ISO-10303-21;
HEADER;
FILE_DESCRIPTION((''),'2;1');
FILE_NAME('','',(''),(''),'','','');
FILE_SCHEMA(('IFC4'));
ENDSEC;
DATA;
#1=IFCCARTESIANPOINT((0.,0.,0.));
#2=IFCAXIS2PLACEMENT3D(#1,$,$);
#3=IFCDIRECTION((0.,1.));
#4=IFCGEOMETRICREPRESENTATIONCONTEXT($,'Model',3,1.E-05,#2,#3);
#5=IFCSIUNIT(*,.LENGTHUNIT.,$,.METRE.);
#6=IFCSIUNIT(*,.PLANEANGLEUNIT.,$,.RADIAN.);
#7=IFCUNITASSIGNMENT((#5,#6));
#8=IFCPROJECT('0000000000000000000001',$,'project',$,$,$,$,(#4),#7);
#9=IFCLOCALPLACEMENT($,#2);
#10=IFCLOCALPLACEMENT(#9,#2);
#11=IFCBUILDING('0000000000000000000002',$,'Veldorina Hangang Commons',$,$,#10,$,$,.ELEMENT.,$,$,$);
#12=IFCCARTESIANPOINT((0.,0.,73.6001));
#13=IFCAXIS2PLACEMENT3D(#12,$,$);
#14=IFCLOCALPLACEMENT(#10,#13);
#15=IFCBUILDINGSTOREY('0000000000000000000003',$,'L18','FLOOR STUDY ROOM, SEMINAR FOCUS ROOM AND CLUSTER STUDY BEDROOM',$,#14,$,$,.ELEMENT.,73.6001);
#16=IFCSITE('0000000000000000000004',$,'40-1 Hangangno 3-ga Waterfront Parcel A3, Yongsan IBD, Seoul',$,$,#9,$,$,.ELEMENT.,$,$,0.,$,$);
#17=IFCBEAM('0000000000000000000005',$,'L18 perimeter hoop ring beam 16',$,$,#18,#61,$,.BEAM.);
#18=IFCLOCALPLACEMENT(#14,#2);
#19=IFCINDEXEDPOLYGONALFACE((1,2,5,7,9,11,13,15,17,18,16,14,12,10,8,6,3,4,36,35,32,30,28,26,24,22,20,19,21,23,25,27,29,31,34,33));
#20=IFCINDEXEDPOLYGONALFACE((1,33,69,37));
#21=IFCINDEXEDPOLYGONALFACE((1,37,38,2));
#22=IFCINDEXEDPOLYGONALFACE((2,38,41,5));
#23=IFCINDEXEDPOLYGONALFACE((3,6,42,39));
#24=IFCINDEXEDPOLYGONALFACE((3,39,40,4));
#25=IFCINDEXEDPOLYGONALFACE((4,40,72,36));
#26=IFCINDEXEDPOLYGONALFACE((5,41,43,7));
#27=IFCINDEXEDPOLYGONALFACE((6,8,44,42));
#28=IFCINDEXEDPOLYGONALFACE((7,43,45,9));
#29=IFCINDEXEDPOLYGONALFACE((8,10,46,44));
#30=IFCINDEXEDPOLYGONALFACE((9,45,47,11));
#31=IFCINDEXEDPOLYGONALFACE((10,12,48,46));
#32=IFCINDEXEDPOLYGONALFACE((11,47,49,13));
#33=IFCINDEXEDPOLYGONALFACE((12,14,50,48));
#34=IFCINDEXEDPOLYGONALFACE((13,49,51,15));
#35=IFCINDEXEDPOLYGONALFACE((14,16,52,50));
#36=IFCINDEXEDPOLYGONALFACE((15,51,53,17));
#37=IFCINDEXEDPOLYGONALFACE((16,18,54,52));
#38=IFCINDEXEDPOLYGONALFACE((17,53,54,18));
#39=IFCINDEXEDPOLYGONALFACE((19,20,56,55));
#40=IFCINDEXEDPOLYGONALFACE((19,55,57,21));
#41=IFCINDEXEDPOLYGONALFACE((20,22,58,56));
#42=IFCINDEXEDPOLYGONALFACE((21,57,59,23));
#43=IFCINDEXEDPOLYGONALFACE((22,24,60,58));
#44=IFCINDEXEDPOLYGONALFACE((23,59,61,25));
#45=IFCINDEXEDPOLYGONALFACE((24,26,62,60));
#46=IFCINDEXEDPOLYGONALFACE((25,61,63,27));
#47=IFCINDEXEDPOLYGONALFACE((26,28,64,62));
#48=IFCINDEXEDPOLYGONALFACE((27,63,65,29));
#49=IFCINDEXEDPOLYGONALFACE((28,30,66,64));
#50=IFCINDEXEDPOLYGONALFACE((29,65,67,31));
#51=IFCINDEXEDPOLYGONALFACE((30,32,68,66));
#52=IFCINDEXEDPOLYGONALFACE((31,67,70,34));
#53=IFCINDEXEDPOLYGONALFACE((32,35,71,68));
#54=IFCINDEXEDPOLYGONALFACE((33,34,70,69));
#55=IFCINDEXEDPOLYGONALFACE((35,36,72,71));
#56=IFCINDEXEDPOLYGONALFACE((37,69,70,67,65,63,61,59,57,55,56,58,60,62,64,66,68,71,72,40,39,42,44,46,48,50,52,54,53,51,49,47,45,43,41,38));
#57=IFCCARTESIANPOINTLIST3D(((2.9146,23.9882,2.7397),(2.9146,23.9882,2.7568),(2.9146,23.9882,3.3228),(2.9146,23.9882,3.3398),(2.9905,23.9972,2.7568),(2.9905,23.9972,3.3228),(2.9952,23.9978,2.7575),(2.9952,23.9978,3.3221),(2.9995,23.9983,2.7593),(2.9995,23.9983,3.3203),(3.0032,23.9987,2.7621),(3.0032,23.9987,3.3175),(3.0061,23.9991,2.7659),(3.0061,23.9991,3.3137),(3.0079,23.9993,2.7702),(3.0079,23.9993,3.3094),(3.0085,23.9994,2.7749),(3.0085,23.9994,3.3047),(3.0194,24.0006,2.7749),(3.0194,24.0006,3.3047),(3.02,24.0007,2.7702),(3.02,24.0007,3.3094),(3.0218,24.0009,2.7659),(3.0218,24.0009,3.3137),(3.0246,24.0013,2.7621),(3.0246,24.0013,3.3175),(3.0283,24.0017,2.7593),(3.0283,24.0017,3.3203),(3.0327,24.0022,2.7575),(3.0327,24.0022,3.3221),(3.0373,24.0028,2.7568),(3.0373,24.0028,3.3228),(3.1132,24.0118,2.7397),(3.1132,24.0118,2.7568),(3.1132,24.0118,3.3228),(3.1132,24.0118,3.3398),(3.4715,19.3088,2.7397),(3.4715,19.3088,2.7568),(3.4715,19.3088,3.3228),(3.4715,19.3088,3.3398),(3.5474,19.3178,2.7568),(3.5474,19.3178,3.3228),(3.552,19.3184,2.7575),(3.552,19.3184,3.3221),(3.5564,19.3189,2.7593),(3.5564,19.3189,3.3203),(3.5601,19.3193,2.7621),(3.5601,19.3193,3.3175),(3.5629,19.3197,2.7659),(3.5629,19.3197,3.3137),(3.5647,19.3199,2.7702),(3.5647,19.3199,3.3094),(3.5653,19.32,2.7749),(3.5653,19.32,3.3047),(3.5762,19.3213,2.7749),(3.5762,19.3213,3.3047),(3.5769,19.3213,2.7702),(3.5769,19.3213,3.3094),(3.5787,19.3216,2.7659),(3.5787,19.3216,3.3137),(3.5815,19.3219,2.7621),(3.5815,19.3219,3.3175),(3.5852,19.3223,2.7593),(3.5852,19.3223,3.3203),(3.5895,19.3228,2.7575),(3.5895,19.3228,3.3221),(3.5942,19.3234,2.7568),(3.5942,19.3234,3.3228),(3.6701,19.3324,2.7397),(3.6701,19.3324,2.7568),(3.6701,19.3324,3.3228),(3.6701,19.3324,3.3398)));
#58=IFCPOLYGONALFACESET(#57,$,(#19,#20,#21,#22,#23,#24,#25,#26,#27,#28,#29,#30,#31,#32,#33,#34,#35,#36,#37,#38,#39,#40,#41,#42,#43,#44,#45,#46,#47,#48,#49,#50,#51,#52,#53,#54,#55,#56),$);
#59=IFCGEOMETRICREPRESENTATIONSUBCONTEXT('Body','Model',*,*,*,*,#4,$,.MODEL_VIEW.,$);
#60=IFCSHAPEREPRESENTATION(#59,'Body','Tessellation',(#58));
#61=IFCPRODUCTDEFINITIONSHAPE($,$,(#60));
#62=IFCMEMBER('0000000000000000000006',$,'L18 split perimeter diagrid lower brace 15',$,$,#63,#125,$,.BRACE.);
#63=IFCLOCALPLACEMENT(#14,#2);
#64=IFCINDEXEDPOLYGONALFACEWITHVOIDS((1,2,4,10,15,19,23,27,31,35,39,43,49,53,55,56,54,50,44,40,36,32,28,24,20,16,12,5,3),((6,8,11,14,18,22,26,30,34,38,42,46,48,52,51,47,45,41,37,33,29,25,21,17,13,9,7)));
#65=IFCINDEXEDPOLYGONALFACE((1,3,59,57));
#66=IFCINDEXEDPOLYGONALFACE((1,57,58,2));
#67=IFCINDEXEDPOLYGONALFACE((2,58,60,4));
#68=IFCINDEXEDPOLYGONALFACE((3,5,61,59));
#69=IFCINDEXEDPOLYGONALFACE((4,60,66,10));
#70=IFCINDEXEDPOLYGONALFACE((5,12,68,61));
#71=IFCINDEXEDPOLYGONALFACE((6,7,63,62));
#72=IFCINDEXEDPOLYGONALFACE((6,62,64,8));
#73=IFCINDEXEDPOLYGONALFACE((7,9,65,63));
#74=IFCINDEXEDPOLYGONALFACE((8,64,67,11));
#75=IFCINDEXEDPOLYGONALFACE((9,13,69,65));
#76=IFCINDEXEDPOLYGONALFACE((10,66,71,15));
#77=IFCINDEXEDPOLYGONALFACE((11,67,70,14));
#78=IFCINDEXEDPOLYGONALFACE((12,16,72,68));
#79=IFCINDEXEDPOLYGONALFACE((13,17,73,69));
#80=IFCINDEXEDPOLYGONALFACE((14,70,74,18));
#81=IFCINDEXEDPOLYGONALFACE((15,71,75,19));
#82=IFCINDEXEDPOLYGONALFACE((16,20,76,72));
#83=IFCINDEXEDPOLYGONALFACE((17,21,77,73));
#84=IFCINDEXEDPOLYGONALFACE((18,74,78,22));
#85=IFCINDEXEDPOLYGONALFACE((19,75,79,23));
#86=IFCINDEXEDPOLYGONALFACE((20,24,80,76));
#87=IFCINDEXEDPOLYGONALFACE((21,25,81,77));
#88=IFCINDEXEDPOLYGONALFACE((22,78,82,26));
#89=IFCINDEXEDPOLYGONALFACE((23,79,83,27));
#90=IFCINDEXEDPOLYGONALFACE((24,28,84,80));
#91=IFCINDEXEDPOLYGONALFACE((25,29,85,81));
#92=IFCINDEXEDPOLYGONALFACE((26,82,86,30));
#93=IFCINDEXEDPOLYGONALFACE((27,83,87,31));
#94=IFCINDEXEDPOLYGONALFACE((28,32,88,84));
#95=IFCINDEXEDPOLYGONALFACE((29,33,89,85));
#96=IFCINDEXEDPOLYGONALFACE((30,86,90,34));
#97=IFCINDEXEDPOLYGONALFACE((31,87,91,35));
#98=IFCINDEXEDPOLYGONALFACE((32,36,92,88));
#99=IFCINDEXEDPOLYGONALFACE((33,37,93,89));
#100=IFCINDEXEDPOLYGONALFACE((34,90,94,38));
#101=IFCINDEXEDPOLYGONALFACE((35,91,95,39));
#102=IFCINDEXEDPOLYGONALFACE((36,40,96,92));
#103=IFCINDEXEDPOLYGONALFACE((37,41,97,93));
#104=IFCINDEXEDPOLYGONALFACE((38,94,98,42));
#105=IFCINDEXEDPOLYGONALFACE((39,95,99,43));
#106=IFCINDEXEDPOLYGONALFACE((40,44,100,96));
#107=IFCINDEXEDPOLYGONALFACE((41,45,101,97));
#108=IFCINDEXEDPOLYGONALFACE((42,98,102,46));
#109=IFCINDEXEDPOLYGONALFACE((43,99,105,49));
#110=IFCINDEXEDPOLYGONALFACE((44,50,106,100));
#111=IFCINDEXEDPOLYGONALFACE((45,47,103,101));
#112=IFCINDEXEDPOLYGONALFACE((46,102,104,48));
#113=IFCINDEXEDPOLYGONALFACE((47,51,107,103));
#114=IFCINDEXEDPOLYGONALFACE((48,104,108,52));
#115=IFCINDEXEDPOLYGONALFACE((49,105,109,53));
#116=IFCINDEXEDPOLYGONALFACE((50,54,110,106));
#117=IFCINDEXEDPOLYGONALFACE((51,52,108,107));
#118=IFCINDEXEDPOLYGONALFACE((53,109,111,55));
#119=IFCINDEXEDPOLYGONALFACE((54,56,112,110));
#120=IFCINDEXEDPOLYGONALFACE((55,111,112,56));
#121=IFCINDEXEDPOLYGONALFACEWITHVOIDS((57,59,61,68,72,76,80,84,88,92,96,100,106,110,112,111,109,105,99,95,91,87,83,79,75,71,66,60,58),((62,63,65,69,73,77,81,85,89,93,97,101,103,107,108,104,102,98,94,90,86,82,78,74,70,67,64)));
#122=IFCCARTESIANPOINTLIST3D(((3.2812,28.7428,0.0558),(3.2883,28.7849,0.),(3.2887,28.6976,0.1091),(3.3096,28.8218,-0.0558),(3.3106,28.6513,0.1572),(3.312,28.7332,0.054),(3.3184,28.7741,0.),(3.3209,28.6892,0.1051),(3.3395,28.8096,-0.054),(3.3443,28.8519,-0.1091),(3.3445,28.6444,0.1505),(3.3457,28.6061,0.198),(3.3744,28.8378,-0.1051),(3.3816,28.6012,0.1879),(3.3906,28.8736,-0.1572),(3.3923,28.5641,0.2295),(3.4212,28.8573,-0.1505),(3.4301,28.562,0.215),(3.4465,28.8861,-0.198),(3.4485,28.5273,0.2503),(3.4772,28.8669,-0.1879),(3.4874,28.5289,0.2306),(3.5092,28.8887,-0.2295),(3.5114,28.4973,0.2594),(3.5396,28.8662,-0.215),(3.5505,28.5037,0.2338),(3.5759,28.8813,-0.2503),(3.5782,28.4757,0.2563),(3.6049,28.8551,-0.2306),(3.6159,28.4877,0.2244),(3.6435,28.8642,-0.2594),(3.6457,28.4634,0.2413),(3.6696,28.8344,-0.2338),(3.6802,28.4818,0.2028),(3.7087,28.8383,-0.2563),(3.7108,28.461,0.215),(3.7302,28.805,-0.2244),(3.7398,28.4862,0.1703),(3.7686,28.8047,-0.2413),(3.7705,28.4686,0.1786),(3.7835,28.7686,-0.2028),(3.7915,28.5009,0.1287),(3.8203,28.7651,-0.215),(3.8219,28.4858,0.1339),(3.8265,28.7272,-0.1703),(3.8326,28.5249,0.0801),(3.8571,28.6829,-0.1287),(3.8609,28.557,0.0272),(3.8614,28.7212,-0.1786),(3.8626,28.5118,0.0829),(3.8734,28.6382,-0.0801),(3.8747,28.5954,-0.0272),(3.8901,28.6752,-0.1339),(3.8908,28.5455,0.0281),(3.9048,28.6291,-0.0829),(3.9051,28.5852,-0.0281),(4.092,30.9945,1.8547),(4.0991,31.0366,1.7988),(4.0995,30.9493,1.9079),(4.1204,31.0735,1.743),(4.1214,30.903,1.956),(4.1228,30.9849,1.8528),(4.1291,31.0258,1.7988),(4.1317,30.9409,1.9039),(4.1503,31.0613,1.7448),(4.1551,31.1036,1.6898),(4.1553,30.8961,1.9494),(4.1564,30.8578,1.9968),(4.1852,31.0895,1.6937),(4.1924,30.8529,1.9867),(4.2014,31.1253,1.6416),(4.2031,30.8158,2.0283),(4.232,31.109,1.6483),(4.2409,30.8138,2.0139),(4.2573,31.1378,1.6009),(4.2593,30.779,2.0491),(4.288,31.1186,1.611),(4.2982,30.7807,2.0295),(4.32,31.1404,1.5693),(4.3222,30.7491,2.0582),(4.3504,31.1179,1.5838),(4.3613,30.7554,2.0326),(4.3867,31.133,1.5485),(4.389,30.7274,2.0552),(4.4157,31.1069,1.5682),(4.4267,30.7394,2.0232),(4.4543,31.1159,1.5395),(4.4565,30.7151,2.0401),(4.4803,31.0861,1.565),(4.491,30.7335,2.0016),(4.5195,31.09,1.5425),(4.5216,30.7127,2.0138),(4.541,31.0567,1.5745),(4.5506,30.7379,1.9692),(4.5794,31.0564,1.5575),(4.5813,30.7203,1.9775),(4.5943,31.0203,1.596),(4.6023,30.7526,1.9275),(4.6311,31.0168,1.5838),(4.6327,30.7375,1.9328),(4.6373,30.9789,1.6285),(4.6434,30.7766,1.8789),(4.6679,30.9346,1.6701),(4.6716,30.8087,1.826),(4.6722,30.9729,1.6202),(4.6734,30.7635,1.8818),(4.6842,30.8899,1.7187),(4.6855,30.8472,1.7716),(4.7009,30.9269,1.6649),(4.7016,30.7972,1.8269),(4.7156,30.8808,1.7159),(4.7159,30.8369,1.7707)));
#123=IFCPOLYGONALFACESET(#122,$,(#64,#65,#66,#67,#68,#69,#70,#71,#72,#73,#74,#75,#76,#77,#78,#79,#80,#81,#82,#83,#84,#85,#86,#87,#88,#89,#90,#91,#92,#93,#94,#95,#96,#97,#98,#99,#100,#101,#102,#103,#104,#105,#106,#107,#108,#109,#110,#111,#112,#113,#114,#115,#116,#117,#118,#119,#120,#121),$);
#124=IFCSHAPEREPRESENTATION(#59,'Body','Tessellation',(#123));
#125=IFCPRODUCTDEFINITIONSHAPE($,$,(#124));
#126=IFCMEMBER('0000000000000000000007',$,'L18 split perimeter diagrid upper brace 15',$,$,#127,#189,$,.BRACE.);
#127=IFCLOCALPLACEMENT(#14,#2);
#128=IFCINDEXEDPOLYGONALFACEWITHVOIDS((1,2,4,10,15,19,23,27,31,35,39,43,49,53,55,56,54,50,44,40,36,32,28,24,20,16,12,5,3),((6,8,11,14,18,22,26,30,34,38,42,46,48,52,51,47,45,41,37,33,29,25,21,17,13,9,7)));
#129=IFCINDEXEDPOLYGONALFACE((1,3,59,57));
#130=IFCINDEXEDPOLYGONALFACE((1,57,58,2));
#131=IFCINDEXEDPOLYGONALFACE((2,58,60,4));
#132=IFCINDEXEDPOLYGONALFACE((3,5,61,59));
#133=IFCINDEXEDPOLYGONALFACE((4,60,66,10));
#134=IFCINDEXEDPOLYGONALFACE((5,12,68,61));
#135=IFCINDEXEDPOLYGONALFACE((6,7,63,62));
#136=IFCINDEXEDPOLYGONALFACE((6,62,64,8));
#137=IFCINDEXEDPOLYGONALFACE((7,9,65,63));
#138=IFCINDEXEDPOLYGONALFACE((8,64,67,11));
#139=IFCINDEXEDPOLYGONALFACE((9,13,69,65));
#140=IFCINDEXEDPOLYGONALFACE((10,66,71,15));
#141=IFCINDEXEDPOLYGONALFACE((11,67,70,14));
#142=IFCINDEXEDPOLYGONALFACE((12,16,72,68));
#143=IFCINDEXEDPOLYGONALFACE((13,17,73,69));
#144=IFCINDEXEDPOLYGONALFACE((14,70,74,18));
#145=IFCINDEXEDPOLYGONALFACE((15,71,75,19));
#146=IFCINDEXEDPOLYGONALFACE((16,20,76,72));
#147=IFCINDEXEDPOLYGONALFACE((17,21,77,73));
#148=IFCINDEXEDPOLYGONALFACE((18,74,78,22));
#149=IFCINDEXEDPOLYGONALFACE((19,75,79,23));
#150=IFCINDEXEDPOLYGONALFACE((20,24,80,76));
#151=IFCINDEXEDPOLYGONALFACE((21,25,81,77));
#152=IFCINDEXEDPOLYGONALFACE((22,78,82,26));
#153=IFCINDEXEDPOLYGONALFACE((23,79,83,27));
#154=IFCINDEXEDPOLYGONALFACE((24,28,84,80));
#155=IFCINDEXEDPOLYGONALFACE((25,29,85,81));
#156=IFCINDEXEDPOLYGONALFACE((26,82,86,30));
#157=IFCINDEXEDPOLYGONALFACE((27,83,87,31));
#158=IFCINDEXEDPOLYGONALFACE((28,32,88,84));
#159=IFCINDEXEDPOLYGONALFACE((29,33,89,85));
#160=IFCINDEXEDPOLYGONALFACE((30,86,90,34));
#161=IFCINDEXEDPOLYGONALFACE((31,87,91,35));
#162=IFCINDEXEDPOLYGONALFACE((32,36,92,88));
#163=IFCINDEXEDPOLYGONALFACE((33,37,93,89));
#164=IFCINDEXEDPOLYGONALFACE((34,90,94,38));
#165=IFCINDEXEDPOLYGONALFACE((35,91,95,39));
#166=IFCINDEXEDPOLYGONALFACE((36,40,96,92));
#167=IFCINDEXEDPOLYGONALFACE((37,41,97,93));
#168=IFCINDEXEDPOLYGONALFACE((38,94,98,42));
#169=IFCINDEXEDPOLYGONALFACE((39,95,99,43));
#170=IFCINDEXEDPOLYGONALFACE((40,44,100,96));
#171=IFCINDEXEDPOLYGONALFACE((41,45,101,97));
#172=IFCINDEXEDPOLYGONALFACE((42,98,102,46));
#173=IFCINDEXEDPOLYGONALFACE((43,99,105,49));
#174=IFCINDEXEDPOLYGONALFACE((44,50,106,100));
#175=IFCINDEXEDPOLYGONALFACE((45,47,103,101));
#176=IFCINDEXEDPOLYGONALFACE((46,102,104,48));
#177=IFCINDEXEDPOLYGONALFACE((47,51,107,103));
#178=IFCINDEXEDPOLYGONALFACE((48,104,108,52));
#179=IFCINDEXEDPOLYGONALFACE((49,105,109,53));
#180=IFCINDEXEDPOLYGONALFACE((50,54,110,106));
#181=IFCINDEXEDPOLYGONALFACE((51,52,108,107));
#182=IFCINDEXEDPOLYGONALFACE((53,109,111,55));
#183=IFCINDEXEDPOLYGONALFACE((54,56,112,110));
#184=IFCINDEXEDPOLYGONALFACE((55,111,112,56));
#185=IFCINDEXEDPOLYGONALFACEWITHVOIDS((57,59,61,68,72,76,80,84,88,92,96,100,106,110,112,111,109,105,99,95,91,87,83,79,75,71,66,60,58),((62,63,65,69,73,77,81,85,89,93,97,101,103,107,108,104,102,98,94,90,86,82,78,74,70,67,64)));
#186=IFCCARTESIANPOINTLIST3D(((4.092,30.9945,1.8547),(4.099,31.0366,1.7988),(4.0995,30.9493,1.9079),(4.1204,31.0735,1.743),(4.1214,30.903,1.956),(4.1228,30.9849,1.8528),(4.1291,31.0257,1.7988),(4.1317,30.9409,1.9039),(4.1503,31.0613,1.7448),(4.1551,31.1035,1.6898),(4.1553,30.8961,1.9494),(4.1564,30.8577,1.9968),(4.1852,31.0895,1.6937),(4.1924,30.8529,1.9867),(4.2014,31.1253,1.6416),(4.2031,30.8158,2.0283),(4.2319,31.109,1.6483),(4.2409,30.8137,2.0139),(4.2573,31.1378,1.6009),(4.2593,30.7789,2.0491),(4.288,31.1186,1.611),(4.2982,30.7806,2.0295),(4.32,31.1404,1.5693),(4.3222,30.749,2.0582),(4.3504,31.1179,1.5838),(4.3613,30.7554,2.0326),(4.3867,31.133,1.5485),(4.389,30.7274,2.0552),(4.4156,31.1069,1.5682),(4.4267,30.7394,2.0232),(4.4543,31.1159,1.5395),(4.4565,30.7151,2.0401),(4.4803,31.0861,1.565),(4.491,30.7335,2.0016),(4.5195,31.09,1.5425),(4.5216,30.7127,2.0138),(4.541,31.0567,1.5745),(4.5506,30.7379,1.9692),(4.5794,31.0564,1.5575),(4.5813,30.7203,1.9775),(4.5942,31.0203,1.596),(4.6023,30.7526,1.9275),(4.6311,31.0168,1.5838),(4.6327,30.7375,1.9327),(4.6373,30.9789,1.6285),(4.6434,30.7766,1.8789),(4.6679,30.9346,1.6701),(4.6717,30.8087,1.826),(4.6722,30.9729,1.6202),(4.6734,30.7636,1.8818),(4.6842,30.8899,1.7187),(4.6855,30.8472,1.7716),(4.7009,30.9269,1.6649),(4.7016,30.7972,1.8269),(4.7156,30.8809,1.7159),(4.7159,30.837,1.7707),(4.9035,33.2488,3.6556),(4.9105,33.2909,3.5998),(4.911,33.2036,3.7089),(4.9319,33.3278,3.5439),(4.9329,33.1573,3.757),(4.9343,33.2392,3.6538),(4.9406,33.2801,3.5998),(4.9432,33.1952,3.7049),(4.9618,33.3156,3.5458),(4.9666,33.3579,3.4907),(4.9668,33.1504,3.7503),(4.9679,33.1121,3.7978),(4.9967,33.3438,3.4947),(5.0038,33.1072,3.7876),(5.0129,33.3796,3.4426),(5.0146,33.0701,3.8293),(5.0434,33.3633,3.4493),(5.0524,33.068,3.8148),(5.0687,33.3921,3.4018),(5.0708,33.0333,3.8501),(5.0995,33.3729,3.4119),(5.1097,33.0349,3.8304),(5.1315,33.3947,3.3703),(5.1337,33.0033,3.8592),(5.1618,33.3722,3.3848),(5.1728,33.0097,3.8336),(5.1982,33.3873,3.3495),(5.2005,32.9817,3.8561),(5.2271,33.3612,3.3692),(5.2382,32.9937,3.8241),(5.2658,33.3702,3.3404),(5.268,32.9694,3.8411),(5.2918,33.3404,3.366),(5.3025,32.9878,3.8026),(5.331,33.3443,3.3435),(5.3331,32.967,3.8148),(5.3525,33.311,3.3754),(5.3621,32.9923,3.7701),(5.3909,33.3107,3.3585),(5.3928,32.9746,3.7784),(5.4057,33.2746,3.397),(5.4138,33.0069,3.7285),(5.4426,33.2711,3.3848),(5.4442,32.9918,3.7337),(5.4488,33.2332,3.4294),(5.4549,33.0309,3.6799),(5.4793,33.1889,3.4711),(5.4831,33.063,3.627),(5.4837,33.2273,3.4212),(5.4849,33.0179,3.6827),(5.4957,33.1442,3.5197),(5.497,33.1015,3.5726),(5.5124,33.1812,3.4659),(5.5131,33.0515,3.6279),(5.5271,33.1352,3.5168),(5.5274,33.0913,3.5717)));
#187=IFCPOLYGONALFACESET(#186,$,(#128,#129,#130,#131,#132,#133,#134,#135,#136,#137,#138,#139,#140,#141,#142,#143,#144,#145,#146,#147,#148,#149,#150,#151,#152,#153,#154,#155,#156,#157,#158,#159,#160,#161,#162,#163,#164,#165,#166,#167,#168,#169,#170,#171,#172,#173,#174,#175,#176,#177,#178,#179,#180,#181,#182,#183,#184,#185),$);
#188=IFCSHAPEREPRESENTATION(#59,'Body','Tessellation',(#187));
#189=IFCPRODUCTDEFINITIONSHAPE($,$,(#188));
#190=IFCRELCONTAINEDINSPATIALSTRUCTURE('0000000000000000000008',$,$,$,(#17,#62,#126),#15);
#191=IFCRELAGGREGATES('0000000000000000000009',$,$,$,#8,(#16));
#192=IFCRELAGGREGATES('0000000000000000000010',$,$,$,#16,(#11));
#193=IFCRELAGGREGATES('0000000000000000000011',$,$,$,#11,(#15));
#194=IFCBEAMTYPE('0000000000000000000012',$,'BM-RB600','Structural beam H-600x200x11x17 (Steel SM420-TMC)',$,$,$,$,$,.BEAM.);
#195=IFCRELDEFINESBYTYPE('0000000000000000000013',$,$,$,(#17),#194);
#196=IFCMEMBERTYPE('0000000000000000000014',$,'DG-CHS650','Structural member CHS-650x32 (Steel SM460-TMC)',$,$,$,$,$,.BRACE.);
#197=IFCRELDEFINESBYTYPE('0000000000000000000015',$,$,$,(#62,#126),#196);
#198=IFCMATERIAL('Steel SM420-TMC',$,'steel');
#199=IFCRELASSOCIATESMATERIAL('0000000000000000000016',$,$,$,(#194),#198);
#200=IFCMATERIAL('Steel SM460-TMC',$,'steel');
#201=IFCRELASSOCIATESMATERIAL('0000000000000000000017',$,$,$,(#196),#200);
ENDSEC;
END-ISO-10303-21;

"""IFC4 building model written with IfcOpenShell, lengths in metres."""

from ifc_helpers import new_model, si_unit, direction, frame, origin, origin_2d, place, context, subcontext, project, spatial, hollow_circle, i_section, extrude, material, material_profile, profile_set, type_object, element, save


model = new_model("IFC4")

# Units and contexts
model_context = context("Model", 3, precision=1e-05, world=origin(), true_north=direction((0.0, 1.0)))
body_context = subcontext(model_context, "Body", "Model", "MODEL_VIEW")
ifc_project = project(units=[si_unit("LENGTHUNIT", "METRE"), si_unit("PLANEANGLEUNIT", "RADIAN")], contexts=[model_context])

# Site, building, storey
site_placement = place(None, origin())
site = spatial("IfcSite", under=ifc_project, at=site_placement, Name="40-1 Hangangno 3-ga Waterfront Parcel A3, Yongsan IBD, Seoul", CompositionType="ELEMENT", RefElevation=0.0)
building_placement = place(site_placement, origin())
building = spatial("IfcBuilding", under=site, at=building_placement, Name="Veldorina Hangang Commons", CompositionType="ELEMENT")
storey_placement = place(building_placement, frame((0.0, 0.0, 73.6001)))
storey = spatial("IfcBuildingStorey", under=building, at=storey_placement, Name="L18", Description="FLOOR STUDY ROOM, SEMINAR FOCUS ROOM AND CLUSTER STUDY BEDROOM", CompositionType="ELEMENT", Elevation=73.6001)

# Beam
ifc_material_1 = material(Name="Steel SM420-TMC", Category="steel")
ifc_material_profile_1 = material_profile(ifc_material_1, i_section(OverallWidth=0.2, OverallDepth=0.6001, WebThickness=0.011, FlangeThickness=0.0171, FilletRadius=0.0181, at=origin_2d()), Name="H-600x200x11x17")
ifc_profile_set_1 = profile_set([ifc_material_profile_1], Name="Steel SM420-TMC")
beam_type_1 = type_object("IfcBeamType", Name="BM-RB600", Description="Structural beam H-600x200x11x17 (Steel SM420-TMC)", PredefinedType="BEAM", material=ifc_profile_set_1)
for number, where, z_axis, x_axis, name in (
    (1, (3.0139, 24.0, 3.0398), (0.118173, -0.992993, 0.0), (0.992993, 0.118173, 0.0), "L18 perimeter hoop ring beam 16"),
):
    element("IfcBeam", number, at=place(storey_placement, frame(where, z_axis=z_axis, x_axis=x_axis)), inside=storey, type_object=beam_type_1, Name=name, PredefinedType="BEAM", context=body_context, shape_type="SweptSolid", body=[
        extrude(i_section(OverallWidth=0.2, OverallDepth=0.6001, WebThickness=0.011, FlangeThickness=0.0171, FilletRadius=0.0181, at=origin_2d()), origin(), (0.0, 0.0, 1.0), 4.7124),
    ])

# Members
ifc_material_2 = material(Name="Steel SM460-TMC", Category="steel")
ifc_material_profile_2 = material_profile(ifc_material_2, hollow_circle(Radius=0.325, WallThickness=0.032, at=origin_2d()), Name="CHS-650x32")
ifc_profile_set_2 = profile_set([ifc_material_profile_2], Name="Steel SM460-TMC")
member_type = type_object("IfcMemberType", Name="DG-CHS650", Description="Structural member CHS-650x32 (Steel SM460-TMC)", PredefinedType="BRACE", material=ifc_profile_set_2)
member_1_placement = place(storey_placement, frame((3.594, 28.6748, 0.0), z_axis=(0.270816, 0.752102, 0.600834), x_axis=(-0.940864, 0.338784, 0.0)))
element("IfcMember", 2, at=member_1_placement, inside=storey, type_object=member_type, Name="L18 split perimeter diagrid lower brace 15", PredefinedType="BRACE", context=body_context, shape_type="SweptSolid", body=[
    extrude(hollow_circle(Radius=0.325, WallThickness=0.032, at=origin_2d()), origin(), (0.0, 0.0, 1.0), 2.9939),
])
member_2_placement = place(storey_placement, frame((4.4048, 30.9265, 1.7988), z_axis=(0.27074, 0.75211, 0.600858), x_axis=(-0.940895, 0.338698, 0.0)))
element("IfcMember", 3, at=member_2_placement, inside=storey, type_object=member_type, Name="L18 split perimeter diagrid upper brace 15", PredefinedType="BRACE", context=body_context, shape_type="SweptSolid", body=[
    extrude(hollow_circle(Radius=0.325, WallThickness=0.032, at=origin_2d()), origin(), (0.0, 0.0, 1.0), 2.9973),
])

save(model, "model.ifc")
